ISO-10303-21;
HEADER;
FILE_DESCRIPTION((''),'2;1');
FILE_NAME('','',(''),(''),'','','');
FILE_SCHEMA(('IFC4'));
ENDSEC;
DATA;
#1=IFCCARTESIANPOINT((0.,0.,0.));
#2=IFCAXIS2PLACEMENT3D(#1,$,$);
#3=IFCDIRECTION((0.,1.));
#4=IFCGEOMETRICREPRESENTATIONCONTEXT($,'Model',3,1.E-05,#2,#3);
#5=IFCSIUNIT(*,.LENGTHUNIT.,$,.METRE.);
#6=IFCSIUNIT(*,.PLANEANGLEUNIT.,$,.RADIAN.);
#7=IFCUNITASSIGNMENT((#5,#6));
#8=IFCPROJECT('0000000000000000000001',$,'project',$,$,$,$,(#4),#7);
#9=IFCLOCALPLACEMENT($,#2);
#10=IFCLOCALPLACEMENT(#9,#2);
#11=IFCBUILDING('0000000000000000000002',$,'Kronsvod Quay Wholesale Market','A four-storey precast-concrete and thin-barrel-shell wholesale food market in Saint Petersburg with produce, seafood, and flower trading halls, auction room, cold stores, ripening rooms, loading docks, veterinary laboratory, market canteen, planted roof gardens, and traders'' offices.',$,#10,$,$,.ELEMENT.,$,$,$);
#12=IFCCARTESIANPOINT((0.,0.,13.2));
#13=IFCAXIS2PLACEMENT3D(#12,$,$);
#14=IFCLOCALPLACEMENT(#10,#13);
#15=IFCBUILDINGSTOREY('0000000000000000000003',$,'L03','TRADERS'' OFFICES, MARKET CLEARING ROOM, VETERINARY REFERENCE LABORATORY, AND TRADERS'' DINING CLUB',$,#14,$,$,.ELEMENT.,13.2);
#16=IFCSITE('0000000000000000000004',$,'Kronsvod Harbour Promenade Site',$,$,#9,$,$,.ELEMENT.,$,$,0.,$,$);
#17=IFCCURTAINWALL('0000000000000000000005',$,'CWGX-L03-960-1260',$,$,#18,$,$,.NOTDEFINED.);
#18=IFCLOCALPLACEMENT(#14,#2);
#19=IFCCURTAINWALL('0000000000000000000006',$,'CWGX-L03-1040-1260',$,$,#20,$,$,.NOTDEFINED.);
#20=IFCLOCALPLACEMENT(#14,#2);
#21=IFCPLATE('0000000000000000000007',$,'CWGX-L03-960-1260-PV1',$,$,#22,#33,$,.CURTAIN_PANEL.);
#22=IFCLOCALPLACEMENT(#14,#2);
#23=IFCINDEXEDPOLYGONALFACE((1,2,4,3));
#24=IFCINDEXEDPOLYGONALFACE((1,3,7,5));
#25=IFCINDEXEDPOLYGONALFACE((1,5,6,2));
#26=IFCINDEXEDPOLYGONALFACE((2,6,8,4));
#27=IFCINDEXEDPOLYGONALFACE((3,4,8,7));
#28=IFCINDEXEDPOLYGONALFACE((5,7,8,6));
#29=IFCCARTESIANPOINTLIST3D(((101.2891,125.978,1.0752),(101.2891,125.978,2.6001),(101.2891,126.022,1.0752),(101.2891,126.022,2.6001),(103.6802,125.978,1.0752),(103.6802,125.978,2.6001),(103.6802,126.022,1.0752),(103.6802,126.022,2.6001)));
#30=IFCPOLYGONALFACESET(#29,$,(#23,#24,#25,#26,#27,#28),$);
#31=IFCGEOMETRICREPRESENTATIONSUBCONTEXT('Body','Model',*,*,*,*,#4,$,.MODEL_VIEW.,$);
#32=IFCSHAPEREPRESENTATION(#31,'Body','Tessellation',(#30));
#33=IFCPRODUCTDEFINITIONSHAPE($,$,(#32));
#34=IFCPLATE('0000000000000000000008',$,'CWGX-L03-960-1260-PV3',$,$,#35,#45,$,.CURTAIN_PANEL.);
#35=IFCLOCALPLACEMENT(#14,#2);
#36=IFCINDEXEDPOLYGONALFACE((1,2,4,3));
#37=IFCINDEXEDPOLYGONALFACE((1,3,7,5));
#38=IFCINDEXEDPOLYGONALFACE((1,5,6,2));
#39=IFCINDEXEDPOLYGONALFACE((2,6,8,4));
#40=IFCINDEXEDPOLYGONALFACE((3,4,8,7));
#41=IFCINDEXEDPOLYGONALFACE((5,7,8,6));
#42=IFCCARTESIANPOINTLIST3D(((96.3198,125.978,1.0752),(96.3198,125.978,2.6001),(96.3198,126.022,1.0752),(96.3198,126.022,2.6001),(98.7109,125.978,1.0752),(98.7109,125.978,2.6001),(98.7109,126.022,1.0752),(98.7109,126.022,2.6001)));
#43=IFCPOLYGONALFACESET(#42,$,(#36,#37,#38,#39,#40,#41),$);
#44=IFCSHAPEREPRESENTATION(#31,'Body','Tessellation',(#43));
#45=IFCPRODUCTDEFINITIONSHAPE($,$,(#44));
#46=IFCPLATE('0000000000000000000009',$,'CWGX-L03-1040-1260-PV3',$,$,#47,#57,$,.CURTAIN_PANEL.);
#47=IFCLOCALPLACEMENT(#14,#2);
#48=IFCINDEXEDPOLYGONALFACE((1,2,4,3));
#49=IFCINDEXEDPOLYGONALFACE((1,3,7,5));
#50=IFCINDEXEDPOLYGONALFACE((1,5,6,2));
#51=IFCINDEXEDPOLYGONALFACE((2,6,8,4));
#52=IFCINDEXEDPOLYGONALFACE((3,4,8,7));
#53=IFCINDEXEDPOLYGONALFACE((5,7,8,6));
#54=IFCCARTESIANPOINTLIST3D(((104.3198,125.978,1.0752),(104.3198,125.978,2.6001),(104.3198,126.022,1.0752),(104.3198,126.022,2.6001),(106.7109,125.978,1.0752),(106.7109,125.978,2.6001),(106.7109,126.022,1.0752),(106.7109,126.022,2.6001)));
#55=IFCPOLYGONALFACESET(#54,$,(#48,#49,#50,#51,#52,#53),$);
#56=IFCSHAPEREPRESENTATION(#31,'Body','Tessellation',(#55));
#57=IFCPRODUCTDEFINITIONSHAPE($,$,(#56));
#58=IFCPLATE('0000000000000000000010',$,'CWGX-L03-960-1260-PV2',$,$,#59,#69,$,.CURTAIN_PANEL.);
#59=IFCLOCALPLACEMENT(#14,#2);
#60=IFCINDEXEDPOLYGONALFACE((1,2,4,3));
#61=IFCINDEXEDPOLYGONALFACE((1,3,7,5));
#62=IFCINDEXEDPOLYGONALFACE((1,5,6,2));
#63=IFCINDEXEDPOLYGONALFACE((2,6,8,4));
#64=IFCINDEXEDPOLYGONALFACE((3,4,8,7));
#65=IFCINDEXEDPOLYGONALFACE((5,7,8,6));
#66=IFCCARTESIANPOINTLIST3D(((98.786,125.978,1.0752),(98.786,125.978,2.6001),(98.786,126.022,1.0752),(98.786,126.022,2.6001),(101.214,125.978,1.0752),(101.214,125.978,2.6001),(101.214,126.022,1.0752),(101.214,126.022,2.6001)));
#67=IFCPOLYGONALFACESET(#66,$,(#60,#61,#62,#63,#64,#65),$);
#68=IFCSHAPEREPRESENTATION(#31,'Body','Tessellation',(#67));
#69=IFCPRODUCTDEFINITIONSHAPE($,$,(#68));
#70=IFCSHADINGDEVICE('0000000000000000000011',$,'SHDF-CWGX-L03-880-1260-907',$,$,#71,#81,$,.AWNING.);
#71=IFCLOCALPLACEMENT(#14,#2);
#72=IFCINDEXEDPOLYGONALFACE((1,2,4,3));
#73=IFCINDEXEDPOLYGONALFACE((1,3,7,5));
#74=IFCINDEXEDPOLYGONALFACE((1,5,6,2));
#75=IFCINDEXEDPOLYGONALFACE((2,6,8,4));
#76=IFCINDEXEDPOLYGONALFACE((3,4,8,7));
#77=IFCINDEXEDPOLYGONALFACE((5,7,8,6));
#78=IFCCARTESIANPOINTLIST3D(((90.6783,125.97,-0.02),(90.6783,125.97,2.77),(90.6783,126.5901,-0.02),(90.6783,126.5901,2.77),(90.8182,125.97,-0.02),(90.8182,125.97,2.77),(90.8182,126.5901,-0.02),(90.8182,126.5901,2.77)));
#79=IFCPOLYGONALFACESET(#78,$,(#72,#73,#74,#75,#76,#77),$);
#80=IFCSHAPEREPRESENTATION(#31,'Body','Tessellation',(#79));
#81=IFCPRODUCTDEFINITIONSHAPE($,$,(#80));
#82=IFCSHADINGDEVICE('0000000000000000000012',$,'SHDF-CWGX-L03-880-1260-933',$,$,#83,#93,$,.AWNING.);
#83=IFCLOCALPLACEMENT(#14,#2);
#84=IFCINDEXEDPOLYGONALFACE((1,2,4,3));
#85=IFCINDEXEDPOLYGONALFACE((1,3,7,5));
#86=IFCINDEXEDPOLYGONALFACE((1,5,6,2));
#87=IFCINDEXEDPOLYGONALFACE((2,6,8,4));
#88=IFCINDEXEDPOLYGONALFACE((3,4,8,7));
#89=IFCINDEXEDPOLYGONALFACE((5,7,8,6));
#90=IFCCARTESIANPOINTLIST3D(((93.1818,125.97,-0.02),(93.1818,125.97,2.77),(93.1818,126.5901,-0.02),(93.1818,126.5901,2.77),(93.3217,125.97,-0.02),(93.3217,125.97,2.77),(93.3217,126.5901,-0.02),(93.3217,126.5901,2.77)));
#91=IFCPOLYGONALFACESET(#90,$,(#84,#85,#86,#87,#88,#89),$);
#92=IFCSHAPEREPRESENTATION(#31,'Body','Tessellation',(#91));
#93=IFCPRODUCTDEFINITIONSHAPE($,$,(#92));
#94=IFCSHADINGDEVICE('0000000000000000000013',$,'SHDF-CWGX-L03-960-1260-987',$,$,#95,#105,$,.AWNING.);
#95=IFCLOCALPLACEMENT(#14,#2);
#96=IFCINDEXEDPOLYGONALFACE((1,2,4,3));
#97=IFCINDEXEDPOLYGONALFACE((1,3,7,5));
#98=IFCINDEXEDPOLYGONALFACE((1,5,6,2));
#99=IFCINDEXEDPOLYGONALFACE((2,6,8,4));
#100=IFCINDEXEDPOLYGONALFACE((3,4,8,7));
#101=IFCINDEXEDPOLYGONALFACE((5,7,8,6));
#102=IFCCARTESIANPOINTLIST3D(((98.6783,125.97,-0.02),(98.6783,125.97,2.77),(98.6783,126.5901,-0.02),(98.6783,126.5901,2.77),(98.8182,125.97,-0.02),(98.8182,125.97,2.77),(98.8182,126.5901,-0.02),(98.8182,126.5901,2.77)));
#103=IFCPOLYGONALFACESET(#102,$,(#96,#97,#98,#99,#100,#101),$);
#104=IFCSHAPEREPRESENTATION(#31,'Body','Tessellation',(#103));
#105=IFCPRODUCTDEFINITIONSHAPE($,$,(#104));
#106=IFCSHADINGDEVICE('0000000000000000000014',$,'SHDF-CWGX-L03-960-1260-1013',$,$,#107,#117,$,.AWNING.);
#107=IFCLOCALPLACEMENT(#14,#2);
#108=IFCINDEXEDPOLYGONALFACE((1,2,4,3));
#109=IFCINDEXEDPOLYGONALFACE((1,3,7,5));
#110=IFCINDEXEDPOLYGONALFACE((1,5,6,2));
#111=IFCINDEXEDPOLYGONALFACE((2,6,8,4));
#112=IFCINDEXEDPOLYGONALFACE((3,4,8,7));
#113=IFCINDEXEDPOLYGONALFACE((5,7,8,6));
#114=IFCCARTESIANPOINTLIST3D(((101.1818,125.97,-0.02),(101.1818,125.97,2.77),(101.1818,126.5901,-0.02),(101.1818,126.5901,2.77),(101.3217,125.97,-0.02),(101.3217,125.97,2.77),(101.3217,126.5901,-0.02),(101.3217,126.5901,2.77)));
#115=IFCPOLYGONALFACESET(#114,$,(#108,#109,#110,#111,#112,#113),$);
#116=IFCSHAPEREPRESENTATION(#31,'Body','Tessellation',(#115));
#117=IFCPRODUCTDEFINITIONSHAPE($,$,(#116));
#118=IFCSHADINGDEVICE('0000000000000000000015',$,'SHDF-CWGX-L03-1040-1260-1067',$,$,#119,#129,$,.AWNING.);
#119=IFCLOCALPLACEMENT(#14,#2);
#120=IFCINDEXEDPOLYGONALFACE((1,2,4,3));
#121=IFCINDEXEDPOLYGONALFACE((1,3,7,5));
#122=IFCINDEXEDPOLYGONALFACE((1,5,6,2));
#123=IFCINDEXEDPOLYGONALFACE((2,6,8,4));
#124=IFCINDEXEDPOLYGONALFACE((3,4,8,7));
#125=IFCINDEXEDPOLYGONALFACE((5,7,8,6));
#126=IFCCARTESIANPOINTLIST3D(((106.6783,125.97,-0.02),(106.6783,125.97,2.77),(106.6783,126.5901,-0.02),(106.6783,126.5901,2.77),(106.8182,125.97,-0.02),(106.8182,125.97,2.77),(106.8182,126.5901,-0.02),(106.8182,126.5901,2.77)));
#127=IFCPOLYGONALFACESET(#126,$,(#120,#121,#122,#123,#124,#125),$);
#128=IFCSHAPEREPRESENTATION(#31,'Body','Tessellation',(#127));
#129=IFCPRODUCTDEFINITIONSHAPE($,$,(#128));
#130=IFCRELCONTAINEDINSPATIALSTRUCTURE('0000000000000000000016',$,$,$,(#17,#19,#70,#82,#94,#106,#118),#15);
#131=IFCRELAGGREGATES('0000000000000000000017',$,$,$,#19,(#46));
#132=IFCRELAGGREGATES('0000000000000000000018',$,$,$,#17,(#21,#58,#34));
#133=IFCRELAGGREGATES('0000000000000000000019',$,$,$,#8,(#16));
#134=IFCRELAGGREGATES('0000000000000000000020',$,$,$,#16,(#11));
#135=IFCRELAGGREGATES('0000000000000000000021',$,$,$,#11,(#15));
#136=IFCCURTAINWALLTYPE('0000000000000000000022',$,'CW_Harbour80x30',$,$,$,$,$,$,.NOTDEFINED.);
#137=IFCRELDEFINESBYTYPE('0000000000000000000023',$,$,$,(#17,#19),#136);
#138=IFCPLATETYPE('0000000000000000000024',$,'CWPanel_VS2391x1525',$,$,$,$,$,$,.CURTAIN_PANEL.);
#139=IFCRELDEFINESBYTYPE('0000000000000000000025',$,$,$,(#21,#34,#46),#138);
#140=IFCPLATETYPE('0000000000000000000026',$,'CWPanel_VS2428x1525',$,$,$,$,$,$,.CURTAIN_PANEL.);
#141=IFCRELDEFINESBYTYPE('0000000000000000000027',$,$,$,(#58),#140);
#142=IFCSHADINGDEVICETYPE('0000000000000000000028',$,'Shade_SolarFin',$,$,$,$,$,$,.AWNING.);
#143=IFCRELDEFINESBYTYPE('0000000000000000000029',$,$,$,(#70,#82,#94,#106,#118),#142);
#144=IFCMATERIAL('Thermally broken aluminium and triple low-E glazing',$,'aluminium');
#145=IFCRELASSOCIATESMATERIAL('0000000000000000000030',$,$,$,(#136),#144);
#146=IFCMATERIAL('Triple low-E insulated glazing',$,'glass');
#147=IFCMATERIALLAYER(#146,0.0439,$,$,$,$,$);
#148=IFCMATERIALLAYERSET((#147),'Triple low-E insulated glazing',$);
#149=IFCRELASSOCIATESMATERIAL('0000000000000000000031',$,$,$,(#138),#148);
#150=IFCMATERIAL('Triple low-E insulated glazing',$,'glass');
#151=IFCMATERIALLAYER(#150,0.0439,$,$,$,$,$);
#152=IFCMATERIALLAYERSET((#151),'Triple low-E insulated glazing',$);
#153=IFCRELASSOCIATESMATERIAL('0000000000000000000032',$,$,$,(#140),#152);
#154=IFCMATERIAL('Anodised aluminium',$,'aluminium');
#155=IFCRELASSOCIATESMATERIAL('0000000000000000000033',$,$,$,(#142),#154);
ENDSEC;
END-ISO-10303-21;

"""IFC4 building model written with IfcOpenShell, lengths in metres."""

from ifc_helpers import new_model, si_unit, direction, frame, origin, origin_2d, place, context, subcontext, project, spatial, rectangle, extrude, material, layer, layer_set, type_object, element, aggregate, save


model = new_model("IFC4")

# Units and contexts
model_context = context("Model", 3, precision=1e-05, world=origin(), true_north=direction((0.0, 1.0)))
body_context = subcontext(model_context, "Body", "Model", "MODEL_VIEW")
ifc_project = project(units=[si_unit("LENGTHUNIT", "METRE"), si_unit("PLANEANGLEUNIT", "RADIAN")], contexts=[model_context])

# Site, building, storey
site_placement = place(None, origin())
site = spatial("IfcSite", under=ifc_project, at=site_placement, Name="Kronsvod Harbour Promenade Site", CompositionType="ELEMENT", RefElevation=0.0)
building_placement = place(site_placement, origin())
building = spatial("IfcBuilding", under=site, at=building_placement, Name="Kronsvod Quay Wholesale Market", Description="A four-storey precast-concrete and thin-barrel-shell wholesale food market in Saint Petersburg with produce, seafood, and flower trading halls, auction room, cold stores, ripening rooms, loading docks, veterinary laboratory, market canteen, planted roof gardens, and traders' offices.", CompositionType="ELEMENT")
storey_placement = place(building_placement, frame((0.0, 0.0, 13.2)))
storey = spatial("IfcBuildingStorey", under=building, at=storey_placement, Name="L03", Description="TRADERS' OFFICES, MARKET CLEARING ROOM, VETERINARY REFERENCE LABORATORY, AND TRADERS' DINING CLUB", CompositionType="ELEMENT", Elevation=13.2)

# Shared definitions
ifc_material_1 = material(Name="Thermally broken aluminium and triple low-E glazing", Category="aluminium")
curtain_wall_type = type_object("IfcCurtainWallType", Name="CW_Harbour80x30", PredefinedType="NOTDEFINED", material=ifc_material_1)

# Curtain walls
curtain_wall_1_placement = place(storey_placement, origin())
curtain_wall_1 = element("IfcCurtainWall", 1, at=curtain_wall_1_placement, inside=storey, type_object=curtain_wall_type, Name="CWGX-L03-960-1260", PredefinedType="NOTDEFINED")
curtain_wall_2_placement = place(storey_placement, origin())
curtain_wall_2 = element("IfcCurtainWall", 2, at=curtain_wall_2_placement, inside=storey, type_object=curtain_wall_type, Name="CWGX-L03-1040-1260", PredefinedType="NOTDEFINED")

# Plates
ifc_material_2 = material(Name="Triple low-E insulated glazing", Category="glass")
ifc_layer_1 = layer(ifc_material_2, 0.0439)
ifc_layer_set_1 = layer_set([ifc_layer_1], Name="Triple low-E insulated glazing")
plate_type_1 = type_object("IfcPlateType", Name="CWPanel_VS2391x1525", PredefinedType="CURTAIN_PANEL", material=ifc_layer_set_1)
plate_1_placement = place(storey_placement, frame((102.4846, 126.0, 1.0752), z_axis=(0.0, 0.0, 1.0), x_axis=(-1.0, 0.0, 0.0)))
plate_1 = element("IfcPlate", 3, at=plate_1_placement, type_object=plate_type_1, Name="CWGX-L03-960-1260-PV1", PredefinedType="CURTAIN_PANEL", context=body_context, shape_type="SweptSolid", body=[
    extrude(rectangle(XDim=2.3911, YDim=0.0439, at=origin_2d()), origin(), (0.0, 0.0, 1.0), 1.5249),
])
plate_2_placement = place(storey_placement, frame((97.5154, 126.0, 1.0752), z_axis=(0.0, 0.0, 1.0), x_axis=(-1.0, 0.0, 0.0)))
plate_2 = element("IfcPlate", 4, at=plate_2_placement, type_object=plate_type_1, Name="CWGX-L03-960-1260-PV3", PredefinedType="CURTAIN_PANEL", context=body_context, shape_type="SweptSolid", body=[
    extrude(rectangle(XDim=2.3911, YDim=0.0439, at=origin_2d()), origin(), (0.0, 0.0, 1.0), 1.5249),
])
plate_3_placement = place(storey_placement, frame((105.5154, 126.0, 1.0752), z_axis=(0.0, 0.0, 1.0), x_axis=(-1.0, 0.0, 0.0)))
plate_3 = element("IfcPlate", 5, at=plate_3_placement, type_object=plate_type_1, Name="CWGX-L03-1040-1260-PV3", PredefinedType="CURTAIN_PANEL", context=body_context, shape_type="SweptSolid", body=[
    extrude(rectangle(XDim=2.3911, YDim=0.0439, at=origin_2d()), origin(), (0.0, 0.0, 1.0), 1.5249),
])
aggregate(curtain_wall_2, [plate_3])
ifc_material_3 = material(Name="Triple low-E insulated glazing", Category="glass")
ifc_layer_2 = layer(ifc_material_3, 0.0439)
ifc_layer_set_2 = layer_set([ifc_layer_2], Name="Triple low-E insulated glazing")
plate_type_2 = type_object("IfcPlateType", Name="CWPanel_VS2428x1525", PredefinedType="CURTAIN_PANEL", material=ifc_layer_set_2)
plate_4_placement = place(storey_placement, frame((100.0, 126.0, 1.0752), z_axis=(0.0, 0.0, 1.0), x_axis=(-1.0, 0.0, 0.0)))
plate_4 = element("IfcPlate", 6, at=plate_4_placement, type_object=plate_type_2, Name="CWGX-L03-960-1260-PV2", PredefinedType="CURTAIN_PANEL", context=body_context, shape_type="SweptSolid", body=[
    extrude(rectangle(XDim=2.428, YDim=0.0439, at=origin_2d()), origin(), (0.0, 0.0, 1.0), 1.5249),
])
aggregate(curtain_wall_1, [plate_1, plate_4, plate_2])

# Shading devices
ifc_material_4 = material(Name="Anodised aluminium", Category="aluminium")
shading_device_type = type_object("IfcShadingDeviceType", Name="Shade_SolarFin", PredefinedType="AWNING", material=ifc_material_4)
for number, where, z_axis, x_axis, name in (
    (7, (90.7483, 126.28, -0.02), (0.0, 0.0, 1.0), (1.0, 0.0, 0.0), "SHDF-CWGX-L03-880-1260-907"),
    (8, (93.2517, 126.28, -0.02), (0.0, 0.0, 1.0), (1.0, 0.0, 0.0), "SHDF-CWGX-L03-880-1260-933"),
    (9, (98.7483, 126.28, -0.02), (0.0, 0.0, 1.0), (1.0, 0.0, 0.0), "SHDF-CWGX-L03-960-1260-987"),
    (10, (101.2517, 126.28, -0.02), (0.0, 0.0, 1.0), (1.0, 0.0, 0.0), "SHDF-CWGX-L03-960-1260-1013"),
    (11, (106.7483, 126.28, -0.02), (0.0, 0.0, 1.0), (1.0, 0.0, 0.0), "SHDF-CWGX-L03-1040-1260-1067"),
):
    element("IfcShadingDevice", number, at=place(storey_placement, frame(where, z_axis=z_axis, x_axis=x_axis)), inside=storey, type_object=shading_device_type, Name=name, PredefinedType="AWNING", context=body_context, shape_type="SweptSolid", body=[
        extrude(rectangle(XDim=0.1399, YDim=0.6201, at=origin_2d()), origin(), (0.0, 0.0, 1.0), 2.79),
    ])

save(model, "model.ifc")
